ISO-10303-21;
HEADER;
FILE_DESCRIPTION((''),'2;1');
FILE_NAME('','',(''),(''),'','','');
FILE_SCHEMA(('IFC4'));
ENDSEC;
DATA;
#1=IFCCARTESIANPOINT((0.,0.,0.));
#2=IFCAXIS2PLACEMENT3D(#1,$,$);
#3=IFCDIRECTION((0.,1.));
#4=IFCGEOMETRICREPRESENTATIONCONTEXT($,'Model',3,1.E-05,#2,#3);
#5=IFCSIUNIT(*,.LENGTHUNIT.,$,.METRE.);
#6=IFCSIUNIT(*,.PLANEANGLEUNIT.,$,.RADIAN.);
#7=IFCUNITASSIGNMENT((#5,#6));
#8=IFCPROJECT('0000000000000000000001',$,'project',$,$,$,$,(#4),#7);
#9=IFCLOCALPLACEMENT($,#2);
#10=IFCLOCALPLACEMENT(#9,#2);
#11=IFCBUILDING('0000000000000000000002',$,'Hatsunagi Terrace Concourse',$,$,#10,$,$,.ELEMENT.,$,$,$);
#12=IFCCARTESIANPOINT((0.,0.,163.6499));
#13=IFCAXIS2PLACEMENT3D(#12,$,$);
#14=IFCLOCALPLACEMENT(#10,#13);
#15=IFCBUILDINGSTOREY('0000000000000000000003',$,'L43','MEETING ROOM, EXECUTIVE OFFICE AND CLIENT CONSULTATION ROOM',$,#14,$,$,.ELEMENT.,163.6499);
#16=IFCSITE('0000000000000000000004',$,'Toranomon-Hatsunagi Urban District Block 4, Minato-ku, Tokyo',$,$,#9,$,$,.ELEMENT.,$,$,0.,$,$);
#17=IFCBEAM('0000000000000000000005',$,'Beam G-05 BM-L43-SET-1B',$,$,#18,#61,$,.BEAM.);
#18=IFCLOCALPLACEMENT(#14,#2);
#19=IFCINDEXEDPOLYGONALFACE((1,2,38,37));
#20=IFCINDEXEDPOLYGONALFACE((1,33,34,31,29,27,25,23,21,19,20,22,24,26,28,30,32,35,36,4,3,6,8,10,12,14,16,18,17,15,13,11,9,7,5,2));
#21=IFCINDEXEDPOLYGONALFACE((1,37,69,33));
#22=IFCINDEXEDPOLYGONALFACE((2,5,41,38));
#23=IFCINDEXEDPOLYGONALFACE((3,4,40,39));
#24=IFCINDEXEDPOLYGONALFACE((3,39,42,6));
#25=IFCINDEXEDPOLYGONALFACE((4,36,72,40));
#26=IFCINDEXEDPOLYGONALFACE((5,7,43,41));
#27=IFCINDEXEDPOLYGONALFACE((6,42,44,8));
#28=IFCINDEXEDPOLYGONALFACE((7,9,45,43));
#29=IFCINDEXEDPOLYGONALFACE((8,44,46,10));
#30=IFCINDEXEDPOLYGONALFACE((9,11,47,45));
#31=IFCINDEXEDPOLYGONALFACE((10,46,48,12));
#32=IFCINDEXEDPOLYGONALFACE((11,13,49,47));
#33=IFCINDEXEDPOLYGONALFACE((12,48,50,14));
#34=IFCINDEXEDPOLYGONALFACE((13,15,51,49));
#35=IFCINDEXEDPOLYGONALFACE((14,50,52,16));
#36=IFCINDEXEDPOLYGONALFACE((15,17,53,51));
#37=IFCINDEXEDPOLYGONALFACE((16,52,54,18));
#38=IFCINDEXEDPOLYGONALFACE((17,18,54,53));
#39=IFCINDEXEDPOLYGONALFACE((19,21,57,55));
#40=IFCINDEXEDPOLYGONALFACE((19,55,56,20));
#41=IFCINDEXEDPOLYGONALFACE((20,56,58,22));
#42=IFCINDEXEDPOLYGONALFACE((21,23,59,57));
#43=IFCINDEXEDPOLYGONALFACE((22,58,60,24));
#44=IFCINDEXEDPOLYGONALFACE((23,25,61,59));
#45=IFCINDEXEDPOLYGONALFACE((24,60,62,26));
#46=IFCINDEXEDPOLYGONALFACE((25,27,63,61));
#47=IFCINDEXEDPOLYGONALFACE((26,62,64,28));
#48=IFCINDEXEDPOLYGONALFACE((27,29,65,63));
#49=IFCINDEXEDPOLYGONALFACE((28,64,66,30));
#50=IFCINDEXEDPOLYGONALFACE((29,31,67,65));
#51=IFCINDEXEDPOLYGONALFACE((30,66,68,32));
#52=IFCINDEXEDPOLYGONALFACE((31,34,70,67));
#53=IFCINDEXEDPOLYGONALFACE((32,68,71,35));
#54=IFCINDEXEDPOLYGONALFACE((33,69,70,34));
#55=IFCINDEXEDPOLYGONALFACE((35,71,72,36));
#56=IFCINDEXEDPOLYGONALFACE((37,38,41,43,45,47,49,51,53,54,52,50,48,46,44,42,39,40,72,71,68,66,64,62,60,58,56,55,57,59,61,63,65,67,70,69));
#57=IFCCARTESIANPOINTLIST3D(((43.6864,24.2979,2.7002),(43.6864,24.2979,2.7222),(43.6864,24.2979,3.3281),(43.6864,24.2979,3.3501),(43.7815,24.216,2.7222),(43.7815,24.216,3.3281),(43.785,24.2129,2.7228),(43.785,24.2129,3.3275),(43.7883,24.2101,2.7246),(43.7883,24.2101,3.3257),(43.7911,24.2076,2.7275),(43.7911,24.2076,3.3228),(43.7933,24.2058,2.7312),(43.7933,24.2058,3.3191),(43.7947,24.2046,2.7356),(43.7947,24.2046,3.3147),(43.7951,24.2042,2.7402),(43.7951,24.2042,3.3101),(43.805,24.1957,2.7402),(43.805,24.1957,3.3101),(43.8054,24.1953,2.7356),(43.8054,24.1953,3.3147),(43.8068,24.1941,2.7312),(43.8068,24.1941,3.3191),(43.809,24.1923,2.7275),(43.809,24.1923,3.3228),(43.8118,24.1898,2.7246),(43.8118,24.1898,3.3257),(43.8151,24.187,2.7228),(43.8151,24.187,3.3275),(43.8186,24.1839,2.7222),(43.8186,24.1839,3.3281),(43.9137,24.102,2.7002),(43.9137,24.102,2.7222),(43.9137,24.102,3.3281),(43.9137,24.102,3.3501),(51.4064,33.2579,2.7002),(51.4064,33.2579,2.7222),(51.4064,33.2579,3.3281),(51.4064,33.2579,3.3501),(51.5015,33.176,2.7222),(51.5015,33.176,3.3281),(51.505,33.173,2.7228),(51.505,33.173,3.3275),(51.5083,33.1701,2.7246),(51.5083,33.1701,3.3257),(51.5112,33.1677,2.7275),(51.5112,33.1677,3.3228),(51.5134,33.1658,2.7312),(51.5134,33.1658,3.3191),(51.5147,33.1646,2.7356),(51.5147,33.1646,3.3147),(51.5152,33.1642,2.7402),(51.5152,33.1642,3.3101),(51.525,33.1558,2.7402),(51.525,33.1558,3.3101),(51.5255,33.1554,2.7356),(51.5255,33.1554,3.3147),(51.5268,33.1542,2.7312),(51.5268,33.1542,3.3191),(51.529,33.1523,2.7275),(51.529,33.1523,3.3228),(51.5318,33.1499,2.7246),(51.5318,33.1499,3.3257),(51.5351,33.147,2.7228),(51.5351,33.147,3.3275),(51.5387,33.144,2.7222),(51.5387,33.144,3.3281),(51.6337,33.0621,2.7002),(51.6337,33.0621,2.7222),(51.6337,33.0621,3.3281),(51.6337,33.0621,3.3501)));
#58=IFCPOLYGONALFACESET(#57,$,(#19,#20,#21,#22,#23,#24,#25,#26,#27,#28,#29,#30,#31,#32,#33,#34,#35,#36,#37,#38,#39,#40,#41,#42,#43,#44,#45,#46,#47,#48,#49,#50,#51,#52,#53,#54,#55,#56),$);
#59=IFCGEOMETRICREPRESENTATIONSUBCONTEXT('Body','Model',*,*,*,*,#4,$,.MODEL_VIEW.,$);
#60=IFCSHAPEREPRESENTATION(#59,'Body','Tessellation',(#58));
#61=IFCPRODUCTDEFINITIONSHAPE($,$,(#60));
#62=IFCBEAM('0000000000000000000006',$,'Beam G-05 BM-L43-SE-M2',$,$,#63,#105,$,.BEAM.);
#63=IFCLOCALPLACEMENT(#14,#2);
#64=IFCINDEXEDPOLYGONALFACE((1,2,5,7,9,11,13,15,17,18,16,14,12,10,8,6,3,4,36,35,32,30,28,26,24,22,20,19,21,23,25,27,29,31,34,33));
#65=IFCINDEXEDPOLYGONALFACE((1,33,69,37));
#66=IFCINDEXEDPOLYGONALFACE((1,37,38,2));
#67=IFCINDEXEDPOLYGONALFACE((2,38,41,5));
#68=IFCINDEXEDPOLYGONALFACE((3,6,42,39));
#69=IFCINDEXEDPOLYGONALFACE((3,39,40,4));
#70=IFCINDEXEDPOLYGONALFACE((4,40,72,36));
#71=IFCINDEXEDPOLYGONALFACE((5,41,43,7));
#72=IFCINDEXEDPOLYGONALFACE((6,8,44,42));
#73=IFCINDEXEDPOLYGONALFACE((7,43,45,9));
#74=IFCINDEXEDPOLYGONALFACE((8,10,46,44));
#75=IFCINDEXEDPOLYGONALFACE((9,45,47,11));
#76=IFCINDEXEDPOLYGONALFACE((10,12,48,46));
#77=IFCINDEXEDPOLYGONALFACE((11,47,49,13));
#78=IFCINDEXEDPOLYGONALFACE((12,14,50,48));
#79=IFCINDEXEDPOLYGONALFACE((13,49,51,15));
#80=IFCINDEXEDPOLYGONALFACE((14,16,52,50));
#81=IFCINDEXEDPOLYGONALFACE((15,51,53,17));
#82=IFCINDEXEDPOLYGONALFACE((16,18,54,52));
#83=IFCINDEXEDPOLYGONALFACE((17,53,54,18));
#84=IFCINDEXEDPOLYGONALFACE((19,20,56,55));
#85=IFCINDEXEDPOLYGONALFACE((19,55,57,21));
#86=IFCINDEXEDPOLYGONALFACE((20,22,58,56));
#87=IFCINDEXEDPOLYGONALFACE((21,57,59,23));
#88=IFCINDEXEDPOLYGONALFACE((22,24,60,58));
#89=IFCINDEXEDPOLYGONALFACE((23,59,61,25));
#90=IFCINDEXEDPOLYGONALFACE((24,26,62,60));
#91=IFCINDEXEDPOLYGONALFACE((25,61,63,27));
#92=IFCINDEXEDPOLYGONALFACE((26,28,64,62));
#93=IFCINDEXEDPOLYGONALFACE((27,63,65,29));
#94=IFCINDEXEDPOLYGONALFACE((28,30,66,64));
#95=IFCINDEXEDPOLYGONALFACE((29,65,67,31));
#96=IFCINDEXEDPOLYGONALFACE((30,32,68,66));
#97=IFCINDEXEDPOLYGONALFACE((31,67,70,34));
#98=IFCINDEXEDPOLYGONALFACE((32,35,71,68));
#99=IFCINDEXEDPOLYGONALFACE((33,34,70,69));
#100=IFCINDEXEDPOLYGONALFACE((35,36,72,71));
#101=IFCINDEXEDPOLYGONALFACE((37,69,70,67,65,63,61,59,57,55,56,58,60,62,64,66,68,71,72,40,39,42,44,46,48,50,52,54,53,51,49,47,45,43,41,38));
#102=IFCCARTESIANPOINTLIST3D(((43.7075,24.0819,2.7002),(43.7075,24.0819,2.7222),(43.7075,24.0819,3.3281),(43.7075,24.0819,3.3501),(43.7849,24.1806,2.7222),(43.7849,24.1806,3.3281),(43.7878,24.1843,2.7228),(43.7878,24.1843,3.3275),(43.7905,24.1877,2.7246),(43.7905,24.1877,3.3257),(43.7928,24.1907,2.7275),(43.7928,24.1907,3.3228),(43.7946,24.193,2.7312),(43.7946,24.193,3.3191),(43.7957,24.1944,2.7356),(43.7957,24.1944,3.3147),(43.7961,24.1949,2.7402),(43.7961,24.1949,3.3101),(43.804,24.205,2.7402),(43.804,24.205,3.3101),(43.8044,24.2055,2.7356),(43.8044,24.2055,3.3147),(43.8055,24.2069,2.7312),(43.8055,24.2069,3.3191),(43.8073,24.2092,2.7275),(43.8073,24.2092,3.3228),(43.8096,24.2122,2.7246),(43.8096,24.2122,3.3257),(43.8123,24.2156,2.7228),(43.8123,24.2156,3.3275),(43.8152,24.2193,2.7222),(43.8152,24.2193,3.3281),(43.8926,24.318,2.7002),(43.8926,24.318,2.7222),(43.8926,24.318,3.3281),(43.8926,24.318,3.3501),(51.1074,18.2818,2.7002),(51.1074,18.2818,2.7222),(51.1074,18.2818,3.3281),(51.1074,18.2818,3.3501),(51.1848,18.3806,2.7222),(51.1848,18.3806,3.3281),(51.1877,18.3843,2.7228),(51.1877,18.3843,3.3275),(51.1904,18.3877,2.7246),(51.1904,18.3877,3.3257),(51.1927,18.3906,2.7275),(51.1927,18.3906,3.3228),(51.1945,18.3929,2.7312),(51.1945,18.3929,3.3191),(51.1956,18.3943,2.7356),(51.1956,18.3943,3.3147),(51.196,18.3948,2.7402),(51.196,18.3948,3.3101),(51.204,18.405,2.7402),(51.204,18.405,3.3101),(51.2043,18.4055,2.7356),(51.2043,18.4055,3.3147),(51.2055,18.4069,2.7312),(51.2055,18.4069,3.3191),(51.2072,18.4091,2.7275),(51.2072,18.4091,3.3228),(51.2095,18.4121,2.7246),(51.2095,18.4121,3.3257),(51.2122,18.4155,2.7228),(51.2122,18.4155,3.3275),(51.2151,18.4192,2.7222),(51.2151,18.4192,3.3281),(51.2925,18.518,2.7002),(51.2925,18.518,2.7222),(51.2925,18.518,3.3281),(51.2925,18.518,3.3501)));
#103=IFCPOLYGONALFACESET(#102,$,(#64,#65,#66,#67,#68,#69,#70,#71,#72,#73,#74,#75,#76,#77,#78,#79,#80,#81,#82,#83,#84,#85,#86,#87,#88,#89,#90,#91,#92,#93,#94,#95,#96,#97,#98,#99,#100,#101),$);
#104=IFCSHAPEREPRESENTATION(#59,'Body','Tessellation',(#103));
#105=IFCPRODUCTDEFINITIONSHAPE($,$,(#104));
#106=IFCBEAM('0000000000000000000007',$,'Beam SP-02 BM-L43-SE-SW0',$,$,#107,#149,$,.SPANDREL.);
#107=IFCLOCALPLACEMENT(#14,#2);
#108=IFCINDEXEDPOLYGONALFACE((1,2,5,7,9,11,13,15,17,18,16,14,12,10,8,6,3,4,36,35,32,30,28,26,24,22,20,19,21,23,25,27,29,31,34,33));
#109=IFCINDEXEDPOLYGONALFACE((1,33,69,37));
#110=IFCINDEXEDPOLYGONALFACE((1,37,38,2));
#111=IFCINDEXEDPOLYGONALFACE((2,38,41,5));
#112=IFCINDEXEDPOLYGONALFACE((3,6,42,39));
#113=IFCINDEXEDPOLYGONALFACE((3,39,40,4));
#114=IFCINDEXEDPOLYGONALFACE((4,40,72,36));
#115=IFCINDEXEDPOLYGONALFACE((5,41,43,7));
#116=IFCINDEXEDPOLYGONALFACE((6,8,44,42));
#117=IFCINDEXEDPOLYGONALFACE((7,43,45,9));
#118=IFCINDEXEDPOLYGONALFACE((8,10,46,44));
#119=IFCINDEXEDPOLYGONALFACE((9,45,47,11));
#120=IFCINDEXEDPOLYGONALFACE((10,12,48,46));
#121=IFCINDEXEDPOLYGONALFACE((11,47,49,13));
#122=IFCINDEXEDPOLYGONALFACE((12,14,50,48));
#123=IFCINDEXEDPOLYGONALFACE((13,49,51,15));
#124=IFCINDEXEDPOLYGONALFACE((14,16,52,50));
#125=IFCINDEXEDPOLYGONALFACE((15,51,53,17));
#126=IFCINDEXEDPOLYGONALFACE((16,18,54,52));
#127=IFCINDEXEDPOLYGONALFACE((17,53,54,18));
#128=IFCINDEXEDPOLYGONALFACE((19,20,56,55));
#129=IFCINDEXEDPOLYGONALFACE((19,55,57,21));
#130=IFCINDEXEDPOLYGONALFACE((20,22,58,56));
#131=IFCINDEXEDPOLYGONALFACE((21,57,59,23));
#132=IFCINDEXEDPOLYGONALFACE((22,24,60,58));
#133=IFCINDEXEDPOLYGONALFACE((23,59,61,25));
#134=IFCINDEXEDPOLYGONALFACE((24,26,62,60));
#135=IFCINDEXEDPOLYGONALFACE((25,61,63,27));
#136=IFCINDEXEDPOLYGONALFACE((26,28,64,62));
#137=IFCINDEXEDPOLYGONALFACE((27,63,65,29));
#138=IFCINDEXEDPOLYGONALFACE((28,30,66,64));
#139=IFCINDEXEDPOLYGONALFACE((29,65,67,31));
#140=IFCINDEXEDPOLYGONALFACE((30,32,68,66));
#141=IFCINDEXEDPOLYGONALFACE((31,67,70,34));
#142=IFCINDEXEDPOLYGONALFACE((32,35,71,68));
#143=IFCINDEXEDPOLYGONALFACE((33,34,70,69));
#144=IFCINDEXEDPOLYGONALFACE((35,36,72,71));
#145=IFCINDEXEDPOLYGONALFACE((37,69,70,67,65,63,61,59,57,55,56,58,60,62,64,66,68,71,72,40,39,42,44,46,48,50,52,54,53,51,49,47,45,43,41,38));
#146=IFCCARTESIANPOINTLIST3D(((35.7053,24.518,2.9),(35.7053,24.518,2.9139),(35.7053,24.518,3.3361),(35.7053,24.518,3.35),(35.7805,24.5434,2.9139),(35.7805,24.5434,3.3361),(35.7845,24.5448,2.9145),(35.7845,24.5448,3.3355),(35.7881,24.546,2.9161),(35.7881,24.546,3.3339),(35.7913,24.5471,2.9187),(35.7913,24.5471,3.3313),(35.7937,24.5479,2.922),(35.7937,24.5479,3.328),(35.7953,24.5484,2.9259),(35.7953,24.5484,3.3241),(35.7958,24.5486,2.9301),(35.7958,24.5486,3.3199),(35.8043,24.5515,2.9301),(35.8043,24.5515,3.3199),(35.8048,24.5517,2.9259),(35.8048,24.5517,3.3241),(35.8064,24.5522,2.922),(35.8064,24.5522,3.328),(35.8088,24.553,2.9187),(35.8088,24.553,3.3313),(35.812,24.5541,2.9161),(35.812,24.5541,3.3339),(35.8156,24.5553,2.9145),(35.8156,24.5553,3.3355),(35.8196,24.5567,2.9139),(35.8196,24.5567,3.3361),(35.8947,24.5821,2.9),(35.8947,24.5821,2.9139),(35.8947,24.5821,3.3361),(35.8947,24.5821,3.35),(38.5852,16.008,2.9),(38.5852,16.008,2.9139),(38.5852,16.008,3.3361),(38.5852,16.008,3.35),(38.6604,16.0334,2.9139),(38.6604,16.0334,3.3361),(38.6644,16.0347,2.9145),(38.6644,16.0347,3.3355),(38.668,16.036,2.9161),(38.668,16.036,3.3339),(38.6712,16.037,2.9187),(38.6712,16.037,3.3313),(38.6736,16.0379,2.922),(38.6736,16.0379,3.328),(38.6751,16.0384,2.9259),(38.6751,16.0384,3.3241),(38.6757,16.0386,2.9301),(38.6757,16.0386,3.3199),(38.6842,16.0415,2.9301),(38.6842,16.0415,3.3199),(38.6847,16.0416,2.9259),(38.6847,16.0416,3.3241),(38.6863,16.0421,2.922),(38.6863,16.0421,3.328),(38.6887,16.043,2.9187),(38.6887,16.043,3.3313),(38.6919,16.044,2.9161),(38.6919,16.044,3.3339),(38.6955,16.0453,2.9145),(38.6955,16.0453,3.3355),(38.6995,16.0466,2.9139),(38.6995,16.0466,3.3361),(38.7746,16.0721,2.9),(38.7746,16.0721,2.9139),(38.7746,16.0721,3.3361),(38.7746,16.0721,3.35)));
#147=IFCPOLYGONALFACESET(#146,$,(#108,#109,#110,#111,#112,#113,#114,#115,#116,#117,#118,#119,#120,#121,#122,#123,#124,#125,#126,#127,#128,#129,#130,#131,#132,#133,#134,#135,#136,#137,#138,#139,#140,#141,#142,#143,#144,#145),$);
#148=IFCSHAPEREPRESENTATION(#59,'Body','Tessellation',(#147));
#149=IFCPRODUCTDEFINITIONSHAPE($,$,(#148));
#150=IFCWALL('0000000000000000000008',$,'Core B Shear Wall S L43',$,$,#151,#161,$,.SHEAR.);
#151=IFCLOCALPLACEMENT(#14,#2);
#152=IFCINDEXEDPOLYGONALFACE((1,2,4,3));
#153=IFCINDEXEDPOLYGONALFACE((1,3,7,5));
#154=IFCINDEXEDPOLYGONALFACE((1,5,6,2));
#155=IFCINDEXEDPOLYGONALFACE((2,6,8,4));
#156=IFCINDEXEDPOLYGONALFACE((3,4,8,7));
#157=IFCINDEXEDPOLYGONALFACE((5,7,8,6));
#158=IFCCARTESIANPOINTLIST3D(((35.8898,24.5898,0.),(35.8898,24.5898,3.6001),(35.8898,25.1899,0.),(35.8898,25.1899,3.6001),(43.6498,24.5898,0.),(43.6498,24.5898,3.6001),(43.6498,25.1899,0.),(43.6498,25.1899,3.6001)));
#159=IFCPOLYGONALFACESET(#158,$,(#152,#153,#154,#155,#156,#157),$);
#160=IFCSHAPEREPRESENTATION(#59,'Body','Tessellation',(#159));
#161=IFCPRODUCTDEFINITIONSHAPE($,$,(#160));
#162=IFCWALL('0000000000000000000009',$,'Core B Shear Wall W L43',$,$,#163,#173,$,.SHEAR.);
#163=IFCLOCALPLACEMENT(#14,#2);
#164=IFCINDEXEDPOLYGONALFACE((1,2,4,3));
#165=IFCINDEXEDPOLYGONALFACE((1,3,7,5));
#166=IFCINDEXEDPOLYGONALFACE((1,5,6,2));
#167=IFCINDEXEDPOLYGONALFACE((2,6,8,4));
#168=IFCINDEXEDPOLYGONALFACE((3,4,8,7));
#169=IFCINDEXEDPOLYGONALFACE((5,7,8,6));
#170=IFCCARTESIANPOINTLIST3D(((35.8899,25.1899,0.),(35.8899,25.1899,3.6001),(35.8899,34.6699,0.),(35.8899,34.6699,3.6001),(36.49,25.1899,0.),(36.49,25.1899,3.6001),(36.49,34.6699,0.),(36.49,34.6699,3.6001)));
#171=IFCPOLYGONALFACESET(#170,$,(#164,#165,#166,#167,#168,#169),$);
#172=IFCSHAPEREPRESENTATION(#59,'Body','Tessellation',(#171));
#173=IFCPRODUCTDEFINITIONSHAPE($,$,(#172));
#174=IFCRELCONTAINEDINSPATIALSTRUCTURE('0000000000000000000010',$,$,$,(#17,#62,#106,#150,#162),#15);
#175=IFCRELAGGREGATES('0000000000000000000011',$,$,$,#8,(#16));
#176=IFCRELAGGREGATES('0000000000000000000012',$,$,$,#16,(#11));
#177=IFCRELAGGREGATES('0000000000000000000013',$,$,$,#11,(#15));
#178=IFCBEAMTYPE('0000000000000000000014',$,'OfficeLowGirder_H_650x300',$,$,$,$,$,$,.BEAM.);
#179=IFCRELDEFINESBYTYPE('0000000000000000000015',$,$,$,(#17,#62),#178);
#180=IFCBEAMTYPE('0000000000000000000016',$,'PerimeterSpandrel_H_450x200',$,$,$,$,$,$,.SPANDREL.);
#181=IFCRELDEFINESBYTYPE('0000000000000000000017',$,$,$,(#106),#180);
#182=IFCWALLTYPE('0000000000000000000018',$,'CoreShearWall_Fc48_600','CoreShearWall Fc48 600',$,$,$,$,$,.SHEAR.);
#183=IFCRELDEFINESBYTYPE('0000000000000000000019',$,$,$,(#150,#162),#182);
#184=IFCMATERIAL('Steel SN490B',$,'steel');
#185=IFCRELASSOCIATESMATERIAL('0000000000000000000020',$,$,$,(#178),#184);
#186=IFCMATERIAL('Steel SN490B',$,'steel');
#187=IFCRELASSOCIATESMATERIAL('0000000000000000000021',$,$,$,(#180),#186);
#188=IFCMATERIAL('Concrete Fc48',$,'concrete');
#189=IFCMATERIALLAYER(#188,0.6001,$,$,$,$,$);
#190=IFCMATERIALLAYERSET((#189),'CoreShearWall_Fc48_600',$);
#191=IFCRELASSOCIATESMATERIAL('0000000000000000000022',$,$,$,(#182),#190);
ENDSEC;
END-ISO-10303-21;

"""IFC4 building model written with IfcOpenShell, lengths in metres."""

from ifc_helpers import new_model, si_unit, direction, frame, frame_2d, origin, origin_2d, place, context, subcontext, project, spatial, rectangle, i_section, extrude, material, layer, layer_set, material_profile, profile_set, type_object, element, save


model = new_model("IFC4")

# Units and contexts
model_context = context("Model", 3, precision=1e-05, world=origin(), true_north=direction((0.0, 1.0)))
body_context = subcontext(model_context, "Body", "Model", "MODEL_VIEW")
ifc_project = project(units=[si_unit("LENGTHUNIT", "METRE"), si_unit("PLANEANGLEUNIT", "RADIAN")], contexts=[model_context])

# Site, building, storey
site_placement = place(None, origin())
site = spatial("IfcSite", under=ifc_project, at=site_placement, Name="Toranomon-Hatsunagi Urban District Block 4, Minato-ku, Tokyo", CompositionType="ELEMENT", RefElevation=0.0)
building_placement = place(site_placement, origin())
building = spatial("IfcBuilding", under=site, at=building_placement, Name="Hatsunagi Terrace Concourse", CompositionType="ELEMENT")
storey_placement = place(building_placement, frame((0.0, 0.0, 163.6499)))
storey = spatial("IfcBuildingStorey", under=building, at=storey_placement, Name="L43", Description="MEETING ROOM, EXECUTIVE OFFICE AND CLIENT CONSULTATION ROOM", CompositionType="ELEMENT", Elevation=163.6499)

# Beams
ifc_material_1 = material(Name="Steel SN490B", Category="steel")
ifc_material_profile_1 = material_profile(ifc_material_1, i_section(OverallWidth=0.3, OverallDepth=0.6499, WebThickness=0.0129, FlangeThickness=0.022, FilletRadius=0.0181, at=origin_2d()), Name="H-650x300x13x22")
ifc_profile_set_1 = profile_set([ifc_material_profile_1], Name="Steel SN490B")
beam_type_1 = type_object("IfcBeamType", Name="OfficeLowGirder_H_650x300", PredefinedType="BEAM", material=ifc_profile_set_1)
beam_1_placement = place(storey_placement, frame((43.8, 24.2, 3.0251), z_axis=(0.652739, 0.757583, 0.0), x_axis=(-0.757583, 0.652739, 0.0)))
element("IfcBeam", 1, at=beam_1_placement, inside=storey, type_object=beam_type_1, Name="Beam G-05 BM-L43-SET-1B", PredefinedType="BEAM", context=body_context, shape_type="SweptSolid", body=[
    extrude(i_section(OverallWidth=0.3, OverallDepth=0.6499, WebThickness=0.0129, FlangeThickness=0.022, FilletRadius=0.0181, at=origin_2d()), origin(), (0.0, 0.0, 1.0), 11.8271),
])
beam_2_placement = place(storey_placement, frame((43.8, 24.2, 3.0251), z_axis=(0.787049, -0.61689, 0.0), x_axis=(0.61689, 0.787049, 0.0)))
element("IfcBeam", 2, at=beam_2_placement, inside=storey, type_object=beam_type_1, Name="Beam G-05 BM-L43-SE-M2", PredefinedType="BEAM", context=body_context, shape_type="SweptSolid", body=[
    extrude(i_section(OverallWidth=0.3, OverallDepth=0.6499, WebThickness=0.0129, FlangeThickness=0.022, FilletRadius=0.0181, at=origin_2d()), origin(), (0.0, 0.0, 1.0), 9.4021),
])
ifc_material_2 = material(Name="Steel SN490B", Category="steel")
ifc_material_profile_2 = material_profile(ifc_material_2, i_section(OverallWidth=0.2, OverallDepth=0.45, WebThickness=0.009, FlangeThickness=0.0139, FilletRadius=0.0161, at=origin_2d()), Name="H-450x200x9x14")
ifc_profile_set_2 = profile_set([ifc_material_profile_2], Name="Steel SN490B")
beam_type_2 = type_object("IfcBeamType", Name="PerimeterSpandrel_H_450x200", PredefinedType="SPANDREL", material=ifc_profile_set_2)
beam_3_placement = place(storey_placement, frame((35.8, 24.55, 3.125), z_axis=(0.320553, -0.94723, 0.0), x_axis=(0.94723, 0.320553, 0.0)))
element("IfcBeam", 3, at=beam_3_placement, inside=storey, type_object=beam_type_2, Name="Beam SP-02 BM-L43-SE-SW0", PredefinedType="SPANDREL", context=body_context, shape_type="SweptSolid", body=[
    extrude(i_section(OverallWidth=0.2, OverallDepth=0.45, WebThickness=0.009, FlangeThickness=0.0139, FilletRadius=0.0161, at=origin_2d()), origin(), (0.0, 0.0, 1.0), 8.9841),
])

# Walls
ifc_material_3 = material(Name="Concrete Fc48", Category="concrete")
ifc_layer_1 = layer(ifc_material_3, 0.6001)
ifc_layer_set_1 = layer_set([ifc_layer_1], Name="CoreShearWall_Fc48_600")
wall_type_1 = type_object("IfcWallType", Name="CoreShearWall_Fc48_600", Description="CoreShearWall Fc48 600", PredefinedType="SHEAR", material=ifc_layer_set_1)
wall_1_placement = place(storey_placement, frame((35.8899, 24.8899, 0.0), z_axis=(0.0, 0.0, 1.0), x_axis=(1.0, 0.0, 0.0)))
element("IfcWall", 4, at=wall_1_placement, inside=storey, type_object=wall_type_1, Name="Core B Shear Wall S L43", PredefinedType="SHEAR", context=body_context, shape_type="SweptSolid", body=[
    extrude(rectangle(XDim=7.76, YDim=0.6001, at=frame_2d((3.8799, 0.0))), origin(), (0.0, 0.0, 1.0), 3.6001),
])
wall_2_placement = place(storey_placement, frame((36.1899, 25.1899, 0.0), z_axis=(0.0, 0.0, 1.0), x_axis=(0.0, 1.0, 0.0)))
element("IfcWall", 5, at=wall_2_placement, inside=storey, type_object=wall_type_1, Name="Core B Shear Wall W L43", PredefinedType="SHEAR", context=body_context, shape_type="SweptSolid", body=[
    extrude(rectangle(XDim=9.48, YDim=0.6001, at=frame_2d((4.74, 0.0))), origin(), (0.0, 0.0, 1.0), 3.6001),
])

save(model, "model.ifc")
